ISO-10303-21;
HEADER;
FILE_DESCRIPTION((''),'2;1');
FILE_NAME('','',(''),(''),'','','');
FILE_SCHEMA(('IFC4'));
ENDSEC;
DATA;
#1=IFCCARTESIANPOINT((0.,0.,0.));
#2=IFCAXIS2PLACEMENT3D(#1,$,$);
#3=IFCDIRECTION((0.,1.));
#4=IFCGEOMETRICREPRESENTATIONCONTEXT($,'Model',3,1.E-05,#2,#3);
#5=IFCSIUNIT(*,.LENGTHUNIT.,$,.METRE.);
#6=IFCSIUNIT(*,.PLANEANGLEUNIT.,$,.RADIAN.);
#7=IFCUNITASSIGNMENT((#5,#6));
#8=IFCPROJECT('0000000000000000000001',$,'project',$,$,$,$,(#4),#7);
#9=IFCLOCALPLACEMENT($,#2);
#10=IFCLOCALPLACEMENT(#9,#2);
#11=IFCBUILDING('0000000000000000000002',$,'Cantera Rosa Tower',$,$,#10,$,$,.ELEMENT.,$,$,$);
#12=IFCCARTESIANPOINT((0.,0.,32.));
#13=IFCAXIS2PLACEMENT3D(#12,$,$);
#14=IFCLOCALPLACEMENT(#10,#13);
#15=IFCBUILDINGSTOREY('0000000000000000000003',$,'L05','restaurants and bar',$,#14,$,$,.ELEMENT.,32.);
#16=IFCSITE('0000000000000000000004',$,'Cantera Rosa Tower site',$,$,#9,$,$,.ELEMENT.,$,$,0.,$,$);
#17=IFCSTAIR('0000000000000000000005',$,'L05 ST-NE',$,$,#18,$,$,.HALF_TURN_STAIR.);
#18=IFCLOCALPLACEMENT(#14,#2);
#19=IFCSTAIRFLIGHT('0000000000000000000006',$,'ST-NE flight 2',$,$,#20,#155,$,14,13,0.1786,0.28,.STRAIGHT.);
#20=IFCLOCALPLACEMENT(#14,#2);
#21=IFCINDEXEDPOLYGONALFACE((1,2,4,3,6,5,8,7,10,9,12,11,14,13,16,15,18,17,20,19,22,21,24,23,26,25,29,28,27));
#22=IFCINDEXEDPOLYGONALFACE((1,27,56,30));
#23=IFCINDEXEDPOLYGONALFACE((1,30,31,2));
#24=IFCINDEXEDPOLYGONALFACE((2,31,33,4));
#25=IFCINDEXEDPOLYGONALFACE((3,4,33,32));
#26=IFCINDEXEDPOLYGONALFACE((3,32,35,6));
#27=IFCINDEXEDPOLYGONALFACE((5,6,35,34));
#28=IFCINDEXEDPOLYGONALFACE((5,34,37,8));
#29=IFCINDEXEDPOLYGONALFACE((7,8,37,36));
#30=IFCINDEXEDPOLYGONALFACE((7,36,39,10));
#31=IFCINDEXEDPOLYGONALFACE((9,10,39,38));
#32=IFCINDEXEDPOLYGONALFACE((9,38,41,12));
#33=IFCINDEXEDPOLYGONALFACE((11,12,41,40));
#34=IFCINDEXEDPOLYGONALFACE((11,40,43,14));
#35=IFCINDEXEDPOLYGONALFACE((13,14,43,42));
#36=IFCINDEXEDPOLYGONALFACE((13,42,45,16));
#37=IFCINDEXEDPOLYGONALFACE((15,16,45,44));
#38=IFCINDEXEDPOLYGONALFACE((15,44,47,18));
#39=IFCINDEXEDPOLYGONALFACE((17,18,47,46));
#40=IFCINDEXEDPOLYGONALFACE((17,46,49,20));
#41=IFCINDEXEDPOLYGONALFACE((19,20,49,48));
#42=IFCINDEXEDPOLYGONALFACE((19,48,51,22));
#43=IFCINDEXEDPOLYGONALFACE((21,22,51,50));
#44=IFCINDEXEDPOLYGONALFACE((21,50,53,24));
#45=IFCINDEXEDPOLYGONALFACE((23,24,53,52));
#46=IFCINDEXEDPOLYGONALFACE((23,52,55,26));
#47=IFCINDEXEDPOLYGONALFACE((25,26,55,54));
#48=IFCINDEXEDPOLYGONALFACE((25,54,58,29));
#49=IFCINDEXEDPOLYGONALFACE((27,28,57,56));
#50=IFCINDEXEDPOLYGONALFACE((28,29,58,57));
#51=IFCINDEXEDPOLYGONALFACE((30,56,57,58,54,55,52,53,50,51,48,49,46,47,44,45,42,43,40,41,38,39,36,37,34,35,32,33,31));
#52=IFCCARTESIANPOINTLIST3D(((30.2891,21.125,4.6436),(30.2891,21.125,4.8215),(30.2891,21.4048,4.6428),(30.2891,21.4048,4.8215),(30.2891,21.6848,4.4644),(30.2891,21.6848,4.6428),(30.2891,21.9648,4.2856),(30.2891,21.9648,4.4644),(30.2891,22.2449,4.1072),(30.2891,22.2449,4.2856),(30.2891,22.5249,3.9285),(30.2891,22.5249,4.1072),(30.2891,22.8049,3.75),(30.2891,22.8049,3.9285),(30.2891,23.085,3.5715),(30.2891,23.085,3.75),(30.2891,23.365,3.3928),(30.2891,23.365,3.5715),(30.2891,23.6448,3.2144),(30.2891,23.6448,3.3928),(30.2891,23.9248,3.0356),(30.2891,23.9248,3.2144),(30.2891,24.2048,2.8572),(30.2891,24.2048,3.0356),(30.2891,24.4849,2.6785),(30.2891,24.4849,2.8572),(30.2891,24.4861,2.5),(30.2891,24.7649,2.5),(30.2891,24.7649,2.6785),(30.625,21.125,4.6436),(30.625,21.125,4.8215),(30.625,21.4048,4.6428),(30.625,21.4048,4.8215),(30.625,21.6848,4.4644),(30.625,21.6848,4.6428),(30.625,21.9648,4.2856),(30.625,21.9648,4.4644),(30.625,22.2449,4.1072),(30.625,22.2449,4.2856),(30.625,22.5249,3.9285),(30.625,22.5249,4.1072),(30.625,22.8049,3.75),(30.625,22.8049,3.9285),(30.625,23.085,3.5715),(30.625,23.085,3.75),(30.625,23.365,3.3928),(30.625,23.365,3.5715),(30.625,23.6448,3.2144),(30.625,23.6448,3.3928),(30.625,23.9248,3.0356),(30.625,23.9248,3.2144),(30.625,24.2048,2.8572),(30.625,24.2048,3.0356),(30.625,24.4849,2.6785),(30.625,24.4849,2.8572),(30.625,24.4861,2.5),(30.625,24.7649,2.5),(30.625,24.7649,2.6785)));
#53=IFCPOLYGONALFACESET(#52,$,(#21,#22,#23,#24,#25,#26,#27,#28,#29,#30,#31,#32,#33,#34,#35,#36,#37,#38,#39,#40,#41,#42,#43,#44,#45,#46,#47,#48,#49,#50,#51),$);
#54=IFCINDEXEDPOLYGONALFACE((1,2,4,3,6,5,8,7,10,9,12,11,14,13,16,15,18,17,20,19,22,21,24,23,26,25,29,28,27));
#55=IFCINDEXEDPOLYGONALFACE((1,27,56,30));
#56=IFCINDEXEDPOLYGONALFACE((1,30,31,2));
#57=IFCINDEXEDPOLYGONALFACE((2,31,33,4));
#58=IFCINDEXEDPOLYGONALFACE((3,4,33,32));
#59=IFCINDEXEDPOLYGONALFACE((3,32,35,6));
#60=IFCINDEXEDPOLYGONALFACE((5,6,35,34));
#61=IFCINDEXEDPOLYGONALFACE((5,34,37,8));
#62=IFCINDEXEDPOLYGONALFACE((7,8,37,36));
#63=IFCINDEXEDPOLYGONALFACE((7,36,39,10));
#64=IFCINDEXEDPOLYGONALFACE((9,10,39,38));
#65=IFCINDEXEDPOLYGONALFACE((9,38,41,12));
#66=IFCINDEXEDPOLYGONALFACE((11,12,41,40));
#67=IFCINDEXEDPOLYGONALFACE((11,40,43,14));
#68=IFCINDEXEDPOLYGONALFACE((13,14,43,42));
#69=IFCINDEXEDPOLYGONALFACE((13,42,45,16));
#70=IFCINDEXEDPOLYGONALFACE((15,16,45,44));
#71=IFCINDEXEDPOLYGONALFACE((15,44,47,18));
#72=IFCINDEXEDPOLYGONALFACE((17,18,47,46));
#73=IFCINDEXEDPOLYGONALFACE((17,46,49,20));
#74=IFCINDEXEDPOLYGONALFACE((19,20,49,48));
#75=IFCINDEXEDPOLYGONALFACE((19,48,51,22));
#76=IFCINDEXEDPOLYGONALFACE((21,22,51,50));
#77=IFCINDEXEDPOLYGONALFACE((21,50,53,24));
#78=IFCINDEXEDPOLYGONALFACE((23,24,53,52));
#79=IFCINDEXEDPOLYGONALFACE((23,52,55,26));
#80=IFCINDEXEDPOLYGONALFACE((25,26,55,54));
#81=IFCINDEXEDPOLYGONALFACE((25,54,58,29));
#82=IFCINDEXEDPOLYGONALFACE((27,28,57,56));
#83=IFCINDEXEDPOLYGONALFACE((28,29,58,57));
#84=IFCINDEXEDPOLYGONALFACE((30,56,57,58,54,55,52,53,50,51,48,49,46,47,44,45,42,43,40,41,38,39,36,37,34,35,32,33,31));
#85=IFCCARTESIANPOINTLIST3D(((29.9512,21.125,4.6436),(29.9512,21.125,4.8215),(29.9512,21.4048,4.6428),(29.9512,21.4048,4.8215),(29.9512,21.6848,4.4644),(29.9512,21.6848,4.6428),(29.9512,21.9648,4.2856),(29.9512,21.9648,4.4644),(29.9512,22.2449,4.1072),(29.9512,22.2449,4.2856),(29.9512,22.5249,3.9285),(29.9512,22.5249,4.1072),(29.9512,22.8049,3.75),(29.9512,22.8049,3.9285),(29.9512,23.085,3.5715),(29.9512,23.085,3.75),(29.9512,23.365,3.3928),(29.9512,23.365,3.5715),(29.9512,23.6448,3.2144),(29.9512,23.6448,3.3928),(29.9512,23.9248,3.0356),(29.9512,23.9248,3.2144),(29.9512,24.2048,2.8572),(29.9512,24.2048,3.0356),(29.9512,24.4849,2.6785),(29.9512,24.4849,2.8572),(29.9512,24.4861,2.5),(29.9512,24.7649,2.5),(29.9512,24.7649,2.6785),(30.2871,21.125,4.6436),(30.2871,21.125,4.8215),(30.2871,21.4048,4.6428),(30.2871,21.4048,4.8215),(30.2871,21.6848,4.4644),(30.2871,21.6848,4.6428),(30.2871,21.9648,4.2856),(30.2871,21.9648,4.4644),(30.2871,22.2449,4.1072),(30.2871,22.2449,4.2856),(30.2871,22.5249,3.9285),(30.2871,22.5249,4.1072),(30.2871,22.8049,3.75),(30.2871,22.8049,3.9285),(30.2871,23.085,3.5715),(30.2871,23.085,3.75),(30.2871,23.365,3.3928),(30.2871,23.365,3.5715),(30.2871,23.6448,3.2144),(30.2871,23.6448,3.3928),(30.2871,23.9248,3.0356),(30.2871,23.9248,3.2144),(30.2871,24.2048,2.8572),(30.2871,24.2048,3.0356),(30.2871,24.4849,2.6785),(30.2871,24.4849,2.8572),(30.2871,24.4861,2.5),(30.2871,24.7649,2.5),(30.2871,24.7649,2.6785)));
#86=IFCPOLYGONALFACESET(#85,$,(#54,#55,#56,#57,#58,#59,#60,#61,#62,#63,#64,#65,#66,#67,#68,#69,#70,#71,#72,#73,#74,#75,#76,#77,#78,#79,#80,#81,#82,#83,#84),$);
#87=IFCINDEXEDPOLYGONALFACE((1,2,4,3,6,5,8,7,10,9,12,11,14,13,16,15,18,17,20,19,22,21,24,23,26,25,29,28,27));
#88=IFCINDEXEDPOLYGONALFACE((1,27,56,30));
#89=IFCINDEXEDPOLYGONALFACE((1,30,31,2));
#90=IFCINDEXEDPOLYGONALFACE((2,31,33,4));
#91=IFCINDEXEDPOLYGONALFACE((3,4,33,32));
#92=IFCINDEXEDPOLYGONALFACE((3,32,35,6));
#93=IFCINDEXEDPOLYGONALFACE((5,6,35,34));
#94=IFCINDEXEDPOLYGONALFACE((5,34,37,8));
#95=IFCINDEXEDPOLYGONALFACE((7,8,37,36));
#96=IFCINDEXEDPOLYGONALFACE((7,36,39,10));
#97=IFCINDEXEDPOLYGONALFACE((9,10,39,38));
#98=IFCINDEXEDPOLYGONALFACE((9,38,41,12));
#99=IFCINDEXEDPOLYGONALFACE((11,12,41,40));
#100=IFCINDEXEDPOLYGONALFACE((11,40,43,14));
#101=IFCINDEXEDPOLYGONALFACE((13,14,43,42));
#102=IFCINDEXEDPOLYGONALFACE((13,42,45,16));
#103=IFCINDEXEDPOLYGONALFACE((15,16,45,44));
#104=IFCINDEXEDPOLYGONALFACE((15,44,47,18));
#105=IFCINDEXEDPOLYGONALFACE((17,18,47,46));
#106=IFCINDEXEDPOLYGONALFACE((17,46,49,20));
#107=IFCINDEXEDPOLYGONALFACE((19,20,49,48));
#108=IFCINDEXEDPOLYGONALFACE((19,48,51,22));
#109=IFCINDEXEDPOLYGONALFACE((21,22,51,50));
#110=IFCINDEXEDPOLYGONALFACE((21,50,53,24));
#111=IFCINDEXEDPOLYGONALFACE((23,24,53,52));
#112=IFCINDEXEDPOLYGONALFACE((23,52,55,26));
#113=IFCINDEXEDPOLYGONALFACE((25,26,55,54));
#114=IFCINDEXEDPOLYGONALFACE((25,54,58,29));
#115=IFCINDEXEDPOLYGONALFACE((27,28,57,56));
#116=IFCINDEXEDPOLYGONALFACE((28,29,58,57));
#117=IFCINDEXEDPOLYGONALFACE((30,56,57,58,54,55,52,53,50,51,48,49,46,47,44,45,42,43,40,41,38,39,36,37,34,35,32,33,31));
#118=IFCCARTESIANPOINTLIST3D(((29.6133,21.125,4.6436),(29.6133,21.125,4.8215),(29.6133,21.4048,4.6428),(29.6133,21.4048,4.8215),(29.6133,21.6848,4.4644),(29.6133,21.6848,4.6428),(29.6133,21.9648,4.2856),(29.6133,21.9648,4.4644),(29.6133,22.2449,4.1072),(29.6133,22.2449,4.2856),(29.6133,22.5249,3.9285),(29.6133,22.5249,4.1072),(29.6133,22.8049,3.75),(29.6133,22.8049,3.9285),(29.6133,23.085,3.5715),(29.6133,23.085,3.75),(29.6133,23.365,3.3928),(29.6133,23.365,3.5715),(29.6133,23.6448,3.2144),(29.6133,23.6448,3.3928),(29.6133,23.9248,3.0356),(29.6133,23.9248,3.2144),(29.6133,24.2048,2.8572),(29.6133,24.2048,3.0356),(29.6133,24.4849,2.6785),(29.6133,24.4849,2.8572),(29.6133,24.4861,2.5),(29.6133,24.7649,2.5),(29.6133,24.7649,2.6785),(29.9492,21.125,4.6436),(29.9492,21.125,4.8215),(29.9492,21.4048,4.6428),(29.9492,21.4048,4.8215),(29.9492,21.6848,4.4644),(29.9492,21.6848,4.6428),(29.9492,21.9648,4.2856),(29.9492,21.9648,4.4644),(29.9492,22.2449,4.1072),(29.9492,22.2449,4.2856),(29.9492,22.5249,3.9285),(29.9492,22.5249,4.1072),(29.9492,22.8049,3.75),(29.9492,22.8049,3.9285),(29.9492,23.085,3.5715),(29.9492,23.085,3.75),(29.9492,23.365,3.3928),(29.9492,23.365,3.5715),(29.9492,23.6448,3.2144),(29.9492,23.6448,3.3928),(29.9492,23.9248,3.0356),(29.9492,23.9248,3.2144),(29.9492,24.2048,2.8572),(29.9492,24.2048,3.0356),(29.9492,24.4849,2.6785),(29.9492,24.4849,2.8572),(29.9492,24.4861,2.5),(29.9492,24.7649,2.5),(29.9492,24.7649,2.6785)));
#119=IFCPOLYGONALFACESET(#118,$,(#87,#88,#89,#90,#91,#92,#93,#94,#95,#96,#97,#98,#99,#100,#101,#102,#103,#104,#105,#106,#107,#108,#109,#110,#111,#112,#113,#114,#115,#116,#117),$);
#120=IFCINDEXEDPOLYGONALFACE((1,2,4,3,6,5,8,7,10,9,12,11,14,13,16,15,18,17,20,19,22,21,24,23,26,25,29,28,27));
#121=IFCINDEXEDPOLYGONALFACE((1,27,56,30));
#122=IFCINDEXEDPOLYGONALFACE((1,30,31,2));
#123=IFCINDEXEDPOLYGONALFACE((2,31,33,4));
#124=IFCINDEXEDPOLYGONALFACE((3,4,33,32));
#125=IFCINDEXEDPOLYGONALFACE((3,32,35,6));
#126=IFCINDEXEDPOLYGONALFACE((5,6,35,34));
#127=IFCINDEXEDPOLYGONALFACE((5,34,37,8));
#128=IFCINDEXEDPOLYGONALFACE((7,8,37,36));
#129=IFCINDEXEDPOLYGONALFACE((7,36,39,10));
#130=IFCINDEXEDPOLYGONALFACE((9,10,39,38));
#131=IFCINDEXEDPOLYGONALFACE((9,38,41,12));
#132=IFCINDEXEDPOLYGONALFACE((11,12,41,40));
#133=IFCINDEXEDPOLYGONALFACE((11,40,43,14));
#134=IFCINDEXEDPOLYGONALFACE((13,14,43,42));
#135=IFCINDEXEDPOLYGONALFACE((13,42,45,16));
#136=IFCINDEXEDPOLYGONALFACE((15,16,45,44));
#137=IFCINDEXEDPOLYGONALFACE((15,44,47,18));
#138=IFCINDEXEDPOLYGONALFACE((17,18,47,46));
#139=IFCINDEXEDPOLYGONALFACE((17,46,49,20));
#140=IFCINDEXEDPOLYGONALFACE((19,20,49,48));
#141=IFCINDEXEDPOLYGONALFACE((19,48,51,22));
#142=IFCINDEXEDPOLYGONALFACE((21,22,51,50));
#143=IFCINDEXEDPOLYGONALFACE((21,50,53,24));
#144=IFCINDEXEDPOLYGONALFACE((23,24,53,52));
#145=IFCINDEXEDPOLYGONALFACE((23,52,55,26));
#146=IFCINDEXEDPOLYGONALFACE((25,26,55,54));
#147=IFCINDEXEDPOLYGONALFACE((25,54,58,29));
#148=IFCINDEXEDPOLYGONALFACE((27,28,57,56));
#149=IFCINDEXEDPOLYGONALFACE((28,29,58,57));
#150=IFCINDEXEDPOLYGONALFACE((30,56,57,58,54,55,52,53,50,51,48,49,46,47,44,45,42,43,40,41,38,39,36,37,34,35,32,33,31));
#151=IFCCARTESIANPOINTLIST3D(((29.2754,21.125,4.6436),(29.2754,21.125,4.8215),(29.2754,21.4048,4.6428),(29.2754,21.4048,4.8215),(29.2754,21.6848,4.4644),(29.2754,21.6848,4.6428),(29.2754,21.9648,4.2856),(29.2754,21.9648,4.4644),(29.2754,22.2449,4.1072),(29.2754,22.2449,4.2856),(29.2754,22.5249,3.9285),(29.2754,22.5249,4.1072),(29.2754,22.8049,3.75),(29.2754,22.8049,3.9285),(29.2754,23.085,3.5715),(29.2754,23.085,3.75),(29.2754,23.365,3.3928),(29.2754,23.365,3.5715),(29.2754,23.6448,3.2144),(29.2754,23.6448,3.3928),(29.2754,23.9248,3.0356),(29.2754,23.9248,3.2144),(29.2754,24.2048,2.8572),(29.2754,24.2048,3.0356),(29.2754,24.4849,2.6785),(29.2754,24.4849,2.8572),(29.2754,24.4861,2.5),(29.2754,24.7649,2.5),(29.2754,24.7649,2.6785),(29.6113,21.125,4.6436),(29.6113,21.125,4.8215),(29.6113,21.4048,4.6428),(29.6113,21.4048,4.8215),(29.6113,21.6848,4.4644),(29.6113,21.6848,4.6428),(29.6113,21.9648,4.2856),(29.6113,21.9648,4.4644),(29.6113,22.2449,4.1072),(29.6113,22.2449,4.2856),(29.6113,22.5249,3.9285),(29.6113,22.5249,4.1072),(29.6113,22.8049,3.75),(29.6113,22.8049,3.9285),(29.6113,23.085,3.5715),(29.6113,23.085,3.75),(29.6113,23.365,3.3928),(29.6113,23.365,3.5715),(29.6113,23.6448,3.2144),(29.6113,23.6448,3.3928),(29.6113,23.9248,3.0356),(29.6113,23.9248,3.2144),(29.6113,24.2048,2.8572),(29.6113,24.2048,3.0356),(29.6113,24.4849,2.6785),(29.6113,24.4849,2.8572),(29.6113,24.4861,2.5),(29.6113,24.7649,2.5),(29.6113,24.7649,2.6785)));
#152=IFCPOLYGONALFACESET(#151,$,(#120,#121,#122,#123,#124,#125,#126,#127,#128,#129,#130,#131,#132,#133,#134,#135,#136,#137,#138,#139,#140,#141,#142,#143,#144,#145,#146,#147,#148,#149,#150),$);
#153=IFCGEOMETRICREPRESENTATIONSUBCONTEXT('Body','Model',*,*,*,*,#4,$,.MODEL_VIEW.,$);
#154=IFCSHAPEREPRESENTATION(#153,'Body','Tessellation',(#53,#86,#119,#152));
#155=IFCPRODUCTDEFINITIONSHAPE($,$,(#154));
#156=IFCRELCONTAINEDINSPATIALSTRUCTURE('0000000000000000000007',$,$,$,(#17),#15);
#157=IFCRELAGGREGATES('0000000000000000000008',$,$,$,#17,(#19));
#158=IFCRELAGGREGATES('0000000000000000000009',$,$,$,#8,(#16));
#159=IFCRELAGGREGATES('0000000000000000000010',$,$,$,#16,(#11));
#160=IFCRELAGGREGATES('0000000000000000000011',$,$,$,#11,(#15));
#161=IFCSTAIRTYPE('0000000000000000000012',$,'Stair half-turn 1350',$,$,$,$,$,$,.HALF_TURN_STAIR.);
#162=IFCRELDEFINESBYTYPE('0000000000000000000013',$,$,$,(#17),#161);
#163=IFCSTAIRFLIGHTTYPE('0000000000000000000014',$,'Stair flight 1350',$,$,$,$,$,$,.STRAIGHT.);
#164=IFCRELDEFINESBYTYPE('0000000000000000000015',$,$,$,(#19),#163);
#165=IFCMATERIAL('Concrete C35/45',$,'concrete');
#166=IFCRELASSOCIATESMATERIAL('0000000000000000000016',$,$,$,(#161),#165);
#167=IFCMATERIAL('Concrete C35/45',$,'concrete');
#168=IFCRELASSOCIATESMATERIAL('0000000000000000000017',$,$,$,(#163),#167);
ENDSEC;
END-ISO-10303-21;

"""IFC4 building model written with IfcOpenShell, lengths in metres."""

from ifc_helpers import new_model, si_unit, direction, frame, origin, place, context, subcontext, project, spatial, polyline, outline, extrude, material, type_object, element, aggregate, save


model = new_model("IFC4")

# Units and contexts
model_context = context("Model", 3, precision=1e-05, world=origin(), true_north=direction((0.0, 1.0)))
body_context = subcontext(model_context, "Body", "Model", "MODEL_VIEW")
ifc_project = project(units=[si_unit("LENGTHUNIT", "METRE"), si_unit("PLANEANGLEUNIT", "RADIAN")], contexts=[model_context])

# Site, building, storey
site_placement = place(None, origin())
site = spatial("IfcSite", under=ifc_project, at=site_placement, Name="Cantera Rosa Tower site", CompositionType="ELEMENT", RefElevation=0.0)
building_placement = place(site_placement, origin())
building = spatial("IfcBuilding", under=site, at=building_placement, Name="Cantera Rosa Tower", CompositionType="ELEMENT")
storey_placement = place(building_placement, frame((0.0, 0.0, 32.0)))
storey = spatial("IfcBuildingStorey", under=building, at=storey_placement, Name="L05", Description="restaurants and bar", CompositionType="ELEMENT", Elevation=32.0)

# Stair, stair flight
ifc_material_1 = material(Name="Concrete C35/45", Category="concrete")
stair_type = type_object("IfcStairType", Name="Stair half-turn 1350", PredefinedType="HALF_TURN_STAIR", material=ifc_material_1)
stair_placement = place(storey_placement, origin())
stair = element("IfcStair", 1, at=stair_placement, inside=storey, type_object=stair_type, Name="L05 ST-NE", PredefinedType="HALF_TURN_STAIR")
ifc_material_2 = material(Name="Concrete C35/45", Category="concrete")
stair_flight_type = type_object("IfcStairFlightType", Name="Stair flight 1350", PredefinedType="STRAIGHT", material=ifc_material_2)
stair_flight_1_placement = place(storey_placement, frame((29.95, 24.7649, 2.5), z_axis=(0.0, 0.0, 1.0), x_axis=(0.0, -1.0, 0.0)))
stair_flight_1 = element("IfcStairFlight", 2, at=stair_flight_1_placement, type_object=stair_flight_type, Name="ST-NE flight 2", NumberOfRisers=14, NumberOfTreads=13, PredefinedType="STRAIGHT", RiserHeight=0.1786, TreadLength=0.28, context=body_context, shape_type="SweptSolid", body=[
    extrude(outline(polyline([(0.0, 0.0), (0.0, 0.1785), (0.28, 0.1785), (0.28, 0.3572), (0.5601, 0.3572), (0.5601, 0.5356), (0.8401, 0.5356), (0.8401, 0.7144), (1.1201, 0.7144), (1.1201, 0.8928), (1.3999, 0.8928), (1.3999, 1.0715), (1.6799, 1.0715), (1.6799, 1.25), (1.96, 1.25), (1.96, 1.4285), (2.24, 1.4285), (2.24, 1.6072), (2.52, 1.6072), (2.52, 1.7856), (2.8, 1.7856), (2.8, 1.9644), (3.0801, 1.9644), (3.0801, 2.1428), (3.3601, 2.1428), (3.3601, 2.3215), (3.6399, 2.3215), (3.6399, 2.5), (3.6399, 2.1436), (0.2788, 0.0), (0.0, 0.0)])), frame((0.0, 0.675, 0.0), z_axis=(0.0, -1.0, 0.0), x_axis=(1.0, 0.0, 0.0)), (0.0, 0.0, 1.0), 0.3359),
    extrude(outline(polyline([(0.0, 0.0), (0.0, 0.1785), (0.28, 0.1785), (0.28, 0.3572), (0.5601, 0.3572), (0.5601, 0.5356), (0.8401, 0.5356), (0.8401, 0.7144), (1.1201, 0.7144), (1.1201, 0.8928), (1.3999, 0.8928), (1.3999, 1.0715), (1.6799, 1.0715), (1.6799, 1.25), (1.96, 1.25), (1.96, 1.4285), (2.24, 1.4285), (2.24, 1.6072), (2.52, 1.6072), (2.52, 1.7856), (2.8, 1.7856), (2.8, 1.9644), (3.0801, 1.9644), (3.0801, 2.1428), (3.3601, 2.1428), (3.3601, 2.3215), (3.6399, 2.3215), (3.6399, 2.5), (3.6399, 2.1436), (0.2788, 0.0), (0.0, 0.0)])), frame((0.0, 0.3372, 0.0), z_axis=(0.0, -1.0, 0.0), x_axis=(1.0, 0.0, 0.0)), (0.0, 0.0, 1.0), 0.3359),
    extrude(outline(polyline([(0.0, 0.0), (0.0, 0.1785), (0.28, 0.1785), (0.28, 0.3572), (0.5601, 0.3572), (0.5601, 0.5356), (0.8401, 0.5356), (0.8401, 0.7144), (1.1201, 0.7144), (1.1201, 0.8928), (1.3999, 0.8928), (1.3999, 1.0715), (1.6799, 1.0715), (1.6799, 1.25), (1.96, 1.25), (1.96, 1.4285), (2.24, 1.4285), (2.24, 1.6072), (2.52, 1.6072), (2.52, 1.7856), (2.8, 1.7856), (2.8, 1.9644), (3.0801, 1.9644), (3.0801, 2.1428), (3.3601, 2.1428), (3.3601, 2.3215), (3.6399, 2.3215), (3.6399, 2.5), (3.6399, 2.1436), (0.2788, 0.0), (0.0, 0.0)])), frame((0.0, -0.0007, 0.0), z_axis=(0.0, -1.0, 0.0), x_axis=(1.0, 0.0, 0.0)), (0.0, 0.0, 1.0), 0.3359),
    extrude(outline(polyline([(0.0, 0.0), (0.0, 0.1785), (0.28, 0.1785), (0.28, 0.3572), (0.5601, 0.3572), (0.5601, 0.5356), (0.8401, 0.5356), (0.8401, 0.7144), (1.1201, 0.7144), (1.1201, 0.8928), (1.3999, 0.8928), (1.3999, 1.0715), (1.6799, 1.0715), (1.6799, 1.25), (1.96, 1.25), (1.96, 1.4285), (2.24, 1.4285), (2.24, 1.6072), (2.52, 1.6072), (2.52, 1.7856), (2.8, 1.7856), (2.8, 1.9644), (3.0801, 1.9644), (3.0801, 2.1428), (3.3601, 2.1428), (3.3601, 2.3215), (3.6399, 2.3215), (3.6399, 2.5), (3.6399, 2.1436), (0.2788, 0.0), (0.0, 0.0)])), frame((0.0, -0.3386, 0.0), z_axis=(0.0, -1.0, 0.0), x_axis=(1.0, 0.0, 0.0)), (0.0, 0.0, 1.0), 0.3359),
])
aggregate(stair, [stair_flight_1])

save(model, "model.ifc")
